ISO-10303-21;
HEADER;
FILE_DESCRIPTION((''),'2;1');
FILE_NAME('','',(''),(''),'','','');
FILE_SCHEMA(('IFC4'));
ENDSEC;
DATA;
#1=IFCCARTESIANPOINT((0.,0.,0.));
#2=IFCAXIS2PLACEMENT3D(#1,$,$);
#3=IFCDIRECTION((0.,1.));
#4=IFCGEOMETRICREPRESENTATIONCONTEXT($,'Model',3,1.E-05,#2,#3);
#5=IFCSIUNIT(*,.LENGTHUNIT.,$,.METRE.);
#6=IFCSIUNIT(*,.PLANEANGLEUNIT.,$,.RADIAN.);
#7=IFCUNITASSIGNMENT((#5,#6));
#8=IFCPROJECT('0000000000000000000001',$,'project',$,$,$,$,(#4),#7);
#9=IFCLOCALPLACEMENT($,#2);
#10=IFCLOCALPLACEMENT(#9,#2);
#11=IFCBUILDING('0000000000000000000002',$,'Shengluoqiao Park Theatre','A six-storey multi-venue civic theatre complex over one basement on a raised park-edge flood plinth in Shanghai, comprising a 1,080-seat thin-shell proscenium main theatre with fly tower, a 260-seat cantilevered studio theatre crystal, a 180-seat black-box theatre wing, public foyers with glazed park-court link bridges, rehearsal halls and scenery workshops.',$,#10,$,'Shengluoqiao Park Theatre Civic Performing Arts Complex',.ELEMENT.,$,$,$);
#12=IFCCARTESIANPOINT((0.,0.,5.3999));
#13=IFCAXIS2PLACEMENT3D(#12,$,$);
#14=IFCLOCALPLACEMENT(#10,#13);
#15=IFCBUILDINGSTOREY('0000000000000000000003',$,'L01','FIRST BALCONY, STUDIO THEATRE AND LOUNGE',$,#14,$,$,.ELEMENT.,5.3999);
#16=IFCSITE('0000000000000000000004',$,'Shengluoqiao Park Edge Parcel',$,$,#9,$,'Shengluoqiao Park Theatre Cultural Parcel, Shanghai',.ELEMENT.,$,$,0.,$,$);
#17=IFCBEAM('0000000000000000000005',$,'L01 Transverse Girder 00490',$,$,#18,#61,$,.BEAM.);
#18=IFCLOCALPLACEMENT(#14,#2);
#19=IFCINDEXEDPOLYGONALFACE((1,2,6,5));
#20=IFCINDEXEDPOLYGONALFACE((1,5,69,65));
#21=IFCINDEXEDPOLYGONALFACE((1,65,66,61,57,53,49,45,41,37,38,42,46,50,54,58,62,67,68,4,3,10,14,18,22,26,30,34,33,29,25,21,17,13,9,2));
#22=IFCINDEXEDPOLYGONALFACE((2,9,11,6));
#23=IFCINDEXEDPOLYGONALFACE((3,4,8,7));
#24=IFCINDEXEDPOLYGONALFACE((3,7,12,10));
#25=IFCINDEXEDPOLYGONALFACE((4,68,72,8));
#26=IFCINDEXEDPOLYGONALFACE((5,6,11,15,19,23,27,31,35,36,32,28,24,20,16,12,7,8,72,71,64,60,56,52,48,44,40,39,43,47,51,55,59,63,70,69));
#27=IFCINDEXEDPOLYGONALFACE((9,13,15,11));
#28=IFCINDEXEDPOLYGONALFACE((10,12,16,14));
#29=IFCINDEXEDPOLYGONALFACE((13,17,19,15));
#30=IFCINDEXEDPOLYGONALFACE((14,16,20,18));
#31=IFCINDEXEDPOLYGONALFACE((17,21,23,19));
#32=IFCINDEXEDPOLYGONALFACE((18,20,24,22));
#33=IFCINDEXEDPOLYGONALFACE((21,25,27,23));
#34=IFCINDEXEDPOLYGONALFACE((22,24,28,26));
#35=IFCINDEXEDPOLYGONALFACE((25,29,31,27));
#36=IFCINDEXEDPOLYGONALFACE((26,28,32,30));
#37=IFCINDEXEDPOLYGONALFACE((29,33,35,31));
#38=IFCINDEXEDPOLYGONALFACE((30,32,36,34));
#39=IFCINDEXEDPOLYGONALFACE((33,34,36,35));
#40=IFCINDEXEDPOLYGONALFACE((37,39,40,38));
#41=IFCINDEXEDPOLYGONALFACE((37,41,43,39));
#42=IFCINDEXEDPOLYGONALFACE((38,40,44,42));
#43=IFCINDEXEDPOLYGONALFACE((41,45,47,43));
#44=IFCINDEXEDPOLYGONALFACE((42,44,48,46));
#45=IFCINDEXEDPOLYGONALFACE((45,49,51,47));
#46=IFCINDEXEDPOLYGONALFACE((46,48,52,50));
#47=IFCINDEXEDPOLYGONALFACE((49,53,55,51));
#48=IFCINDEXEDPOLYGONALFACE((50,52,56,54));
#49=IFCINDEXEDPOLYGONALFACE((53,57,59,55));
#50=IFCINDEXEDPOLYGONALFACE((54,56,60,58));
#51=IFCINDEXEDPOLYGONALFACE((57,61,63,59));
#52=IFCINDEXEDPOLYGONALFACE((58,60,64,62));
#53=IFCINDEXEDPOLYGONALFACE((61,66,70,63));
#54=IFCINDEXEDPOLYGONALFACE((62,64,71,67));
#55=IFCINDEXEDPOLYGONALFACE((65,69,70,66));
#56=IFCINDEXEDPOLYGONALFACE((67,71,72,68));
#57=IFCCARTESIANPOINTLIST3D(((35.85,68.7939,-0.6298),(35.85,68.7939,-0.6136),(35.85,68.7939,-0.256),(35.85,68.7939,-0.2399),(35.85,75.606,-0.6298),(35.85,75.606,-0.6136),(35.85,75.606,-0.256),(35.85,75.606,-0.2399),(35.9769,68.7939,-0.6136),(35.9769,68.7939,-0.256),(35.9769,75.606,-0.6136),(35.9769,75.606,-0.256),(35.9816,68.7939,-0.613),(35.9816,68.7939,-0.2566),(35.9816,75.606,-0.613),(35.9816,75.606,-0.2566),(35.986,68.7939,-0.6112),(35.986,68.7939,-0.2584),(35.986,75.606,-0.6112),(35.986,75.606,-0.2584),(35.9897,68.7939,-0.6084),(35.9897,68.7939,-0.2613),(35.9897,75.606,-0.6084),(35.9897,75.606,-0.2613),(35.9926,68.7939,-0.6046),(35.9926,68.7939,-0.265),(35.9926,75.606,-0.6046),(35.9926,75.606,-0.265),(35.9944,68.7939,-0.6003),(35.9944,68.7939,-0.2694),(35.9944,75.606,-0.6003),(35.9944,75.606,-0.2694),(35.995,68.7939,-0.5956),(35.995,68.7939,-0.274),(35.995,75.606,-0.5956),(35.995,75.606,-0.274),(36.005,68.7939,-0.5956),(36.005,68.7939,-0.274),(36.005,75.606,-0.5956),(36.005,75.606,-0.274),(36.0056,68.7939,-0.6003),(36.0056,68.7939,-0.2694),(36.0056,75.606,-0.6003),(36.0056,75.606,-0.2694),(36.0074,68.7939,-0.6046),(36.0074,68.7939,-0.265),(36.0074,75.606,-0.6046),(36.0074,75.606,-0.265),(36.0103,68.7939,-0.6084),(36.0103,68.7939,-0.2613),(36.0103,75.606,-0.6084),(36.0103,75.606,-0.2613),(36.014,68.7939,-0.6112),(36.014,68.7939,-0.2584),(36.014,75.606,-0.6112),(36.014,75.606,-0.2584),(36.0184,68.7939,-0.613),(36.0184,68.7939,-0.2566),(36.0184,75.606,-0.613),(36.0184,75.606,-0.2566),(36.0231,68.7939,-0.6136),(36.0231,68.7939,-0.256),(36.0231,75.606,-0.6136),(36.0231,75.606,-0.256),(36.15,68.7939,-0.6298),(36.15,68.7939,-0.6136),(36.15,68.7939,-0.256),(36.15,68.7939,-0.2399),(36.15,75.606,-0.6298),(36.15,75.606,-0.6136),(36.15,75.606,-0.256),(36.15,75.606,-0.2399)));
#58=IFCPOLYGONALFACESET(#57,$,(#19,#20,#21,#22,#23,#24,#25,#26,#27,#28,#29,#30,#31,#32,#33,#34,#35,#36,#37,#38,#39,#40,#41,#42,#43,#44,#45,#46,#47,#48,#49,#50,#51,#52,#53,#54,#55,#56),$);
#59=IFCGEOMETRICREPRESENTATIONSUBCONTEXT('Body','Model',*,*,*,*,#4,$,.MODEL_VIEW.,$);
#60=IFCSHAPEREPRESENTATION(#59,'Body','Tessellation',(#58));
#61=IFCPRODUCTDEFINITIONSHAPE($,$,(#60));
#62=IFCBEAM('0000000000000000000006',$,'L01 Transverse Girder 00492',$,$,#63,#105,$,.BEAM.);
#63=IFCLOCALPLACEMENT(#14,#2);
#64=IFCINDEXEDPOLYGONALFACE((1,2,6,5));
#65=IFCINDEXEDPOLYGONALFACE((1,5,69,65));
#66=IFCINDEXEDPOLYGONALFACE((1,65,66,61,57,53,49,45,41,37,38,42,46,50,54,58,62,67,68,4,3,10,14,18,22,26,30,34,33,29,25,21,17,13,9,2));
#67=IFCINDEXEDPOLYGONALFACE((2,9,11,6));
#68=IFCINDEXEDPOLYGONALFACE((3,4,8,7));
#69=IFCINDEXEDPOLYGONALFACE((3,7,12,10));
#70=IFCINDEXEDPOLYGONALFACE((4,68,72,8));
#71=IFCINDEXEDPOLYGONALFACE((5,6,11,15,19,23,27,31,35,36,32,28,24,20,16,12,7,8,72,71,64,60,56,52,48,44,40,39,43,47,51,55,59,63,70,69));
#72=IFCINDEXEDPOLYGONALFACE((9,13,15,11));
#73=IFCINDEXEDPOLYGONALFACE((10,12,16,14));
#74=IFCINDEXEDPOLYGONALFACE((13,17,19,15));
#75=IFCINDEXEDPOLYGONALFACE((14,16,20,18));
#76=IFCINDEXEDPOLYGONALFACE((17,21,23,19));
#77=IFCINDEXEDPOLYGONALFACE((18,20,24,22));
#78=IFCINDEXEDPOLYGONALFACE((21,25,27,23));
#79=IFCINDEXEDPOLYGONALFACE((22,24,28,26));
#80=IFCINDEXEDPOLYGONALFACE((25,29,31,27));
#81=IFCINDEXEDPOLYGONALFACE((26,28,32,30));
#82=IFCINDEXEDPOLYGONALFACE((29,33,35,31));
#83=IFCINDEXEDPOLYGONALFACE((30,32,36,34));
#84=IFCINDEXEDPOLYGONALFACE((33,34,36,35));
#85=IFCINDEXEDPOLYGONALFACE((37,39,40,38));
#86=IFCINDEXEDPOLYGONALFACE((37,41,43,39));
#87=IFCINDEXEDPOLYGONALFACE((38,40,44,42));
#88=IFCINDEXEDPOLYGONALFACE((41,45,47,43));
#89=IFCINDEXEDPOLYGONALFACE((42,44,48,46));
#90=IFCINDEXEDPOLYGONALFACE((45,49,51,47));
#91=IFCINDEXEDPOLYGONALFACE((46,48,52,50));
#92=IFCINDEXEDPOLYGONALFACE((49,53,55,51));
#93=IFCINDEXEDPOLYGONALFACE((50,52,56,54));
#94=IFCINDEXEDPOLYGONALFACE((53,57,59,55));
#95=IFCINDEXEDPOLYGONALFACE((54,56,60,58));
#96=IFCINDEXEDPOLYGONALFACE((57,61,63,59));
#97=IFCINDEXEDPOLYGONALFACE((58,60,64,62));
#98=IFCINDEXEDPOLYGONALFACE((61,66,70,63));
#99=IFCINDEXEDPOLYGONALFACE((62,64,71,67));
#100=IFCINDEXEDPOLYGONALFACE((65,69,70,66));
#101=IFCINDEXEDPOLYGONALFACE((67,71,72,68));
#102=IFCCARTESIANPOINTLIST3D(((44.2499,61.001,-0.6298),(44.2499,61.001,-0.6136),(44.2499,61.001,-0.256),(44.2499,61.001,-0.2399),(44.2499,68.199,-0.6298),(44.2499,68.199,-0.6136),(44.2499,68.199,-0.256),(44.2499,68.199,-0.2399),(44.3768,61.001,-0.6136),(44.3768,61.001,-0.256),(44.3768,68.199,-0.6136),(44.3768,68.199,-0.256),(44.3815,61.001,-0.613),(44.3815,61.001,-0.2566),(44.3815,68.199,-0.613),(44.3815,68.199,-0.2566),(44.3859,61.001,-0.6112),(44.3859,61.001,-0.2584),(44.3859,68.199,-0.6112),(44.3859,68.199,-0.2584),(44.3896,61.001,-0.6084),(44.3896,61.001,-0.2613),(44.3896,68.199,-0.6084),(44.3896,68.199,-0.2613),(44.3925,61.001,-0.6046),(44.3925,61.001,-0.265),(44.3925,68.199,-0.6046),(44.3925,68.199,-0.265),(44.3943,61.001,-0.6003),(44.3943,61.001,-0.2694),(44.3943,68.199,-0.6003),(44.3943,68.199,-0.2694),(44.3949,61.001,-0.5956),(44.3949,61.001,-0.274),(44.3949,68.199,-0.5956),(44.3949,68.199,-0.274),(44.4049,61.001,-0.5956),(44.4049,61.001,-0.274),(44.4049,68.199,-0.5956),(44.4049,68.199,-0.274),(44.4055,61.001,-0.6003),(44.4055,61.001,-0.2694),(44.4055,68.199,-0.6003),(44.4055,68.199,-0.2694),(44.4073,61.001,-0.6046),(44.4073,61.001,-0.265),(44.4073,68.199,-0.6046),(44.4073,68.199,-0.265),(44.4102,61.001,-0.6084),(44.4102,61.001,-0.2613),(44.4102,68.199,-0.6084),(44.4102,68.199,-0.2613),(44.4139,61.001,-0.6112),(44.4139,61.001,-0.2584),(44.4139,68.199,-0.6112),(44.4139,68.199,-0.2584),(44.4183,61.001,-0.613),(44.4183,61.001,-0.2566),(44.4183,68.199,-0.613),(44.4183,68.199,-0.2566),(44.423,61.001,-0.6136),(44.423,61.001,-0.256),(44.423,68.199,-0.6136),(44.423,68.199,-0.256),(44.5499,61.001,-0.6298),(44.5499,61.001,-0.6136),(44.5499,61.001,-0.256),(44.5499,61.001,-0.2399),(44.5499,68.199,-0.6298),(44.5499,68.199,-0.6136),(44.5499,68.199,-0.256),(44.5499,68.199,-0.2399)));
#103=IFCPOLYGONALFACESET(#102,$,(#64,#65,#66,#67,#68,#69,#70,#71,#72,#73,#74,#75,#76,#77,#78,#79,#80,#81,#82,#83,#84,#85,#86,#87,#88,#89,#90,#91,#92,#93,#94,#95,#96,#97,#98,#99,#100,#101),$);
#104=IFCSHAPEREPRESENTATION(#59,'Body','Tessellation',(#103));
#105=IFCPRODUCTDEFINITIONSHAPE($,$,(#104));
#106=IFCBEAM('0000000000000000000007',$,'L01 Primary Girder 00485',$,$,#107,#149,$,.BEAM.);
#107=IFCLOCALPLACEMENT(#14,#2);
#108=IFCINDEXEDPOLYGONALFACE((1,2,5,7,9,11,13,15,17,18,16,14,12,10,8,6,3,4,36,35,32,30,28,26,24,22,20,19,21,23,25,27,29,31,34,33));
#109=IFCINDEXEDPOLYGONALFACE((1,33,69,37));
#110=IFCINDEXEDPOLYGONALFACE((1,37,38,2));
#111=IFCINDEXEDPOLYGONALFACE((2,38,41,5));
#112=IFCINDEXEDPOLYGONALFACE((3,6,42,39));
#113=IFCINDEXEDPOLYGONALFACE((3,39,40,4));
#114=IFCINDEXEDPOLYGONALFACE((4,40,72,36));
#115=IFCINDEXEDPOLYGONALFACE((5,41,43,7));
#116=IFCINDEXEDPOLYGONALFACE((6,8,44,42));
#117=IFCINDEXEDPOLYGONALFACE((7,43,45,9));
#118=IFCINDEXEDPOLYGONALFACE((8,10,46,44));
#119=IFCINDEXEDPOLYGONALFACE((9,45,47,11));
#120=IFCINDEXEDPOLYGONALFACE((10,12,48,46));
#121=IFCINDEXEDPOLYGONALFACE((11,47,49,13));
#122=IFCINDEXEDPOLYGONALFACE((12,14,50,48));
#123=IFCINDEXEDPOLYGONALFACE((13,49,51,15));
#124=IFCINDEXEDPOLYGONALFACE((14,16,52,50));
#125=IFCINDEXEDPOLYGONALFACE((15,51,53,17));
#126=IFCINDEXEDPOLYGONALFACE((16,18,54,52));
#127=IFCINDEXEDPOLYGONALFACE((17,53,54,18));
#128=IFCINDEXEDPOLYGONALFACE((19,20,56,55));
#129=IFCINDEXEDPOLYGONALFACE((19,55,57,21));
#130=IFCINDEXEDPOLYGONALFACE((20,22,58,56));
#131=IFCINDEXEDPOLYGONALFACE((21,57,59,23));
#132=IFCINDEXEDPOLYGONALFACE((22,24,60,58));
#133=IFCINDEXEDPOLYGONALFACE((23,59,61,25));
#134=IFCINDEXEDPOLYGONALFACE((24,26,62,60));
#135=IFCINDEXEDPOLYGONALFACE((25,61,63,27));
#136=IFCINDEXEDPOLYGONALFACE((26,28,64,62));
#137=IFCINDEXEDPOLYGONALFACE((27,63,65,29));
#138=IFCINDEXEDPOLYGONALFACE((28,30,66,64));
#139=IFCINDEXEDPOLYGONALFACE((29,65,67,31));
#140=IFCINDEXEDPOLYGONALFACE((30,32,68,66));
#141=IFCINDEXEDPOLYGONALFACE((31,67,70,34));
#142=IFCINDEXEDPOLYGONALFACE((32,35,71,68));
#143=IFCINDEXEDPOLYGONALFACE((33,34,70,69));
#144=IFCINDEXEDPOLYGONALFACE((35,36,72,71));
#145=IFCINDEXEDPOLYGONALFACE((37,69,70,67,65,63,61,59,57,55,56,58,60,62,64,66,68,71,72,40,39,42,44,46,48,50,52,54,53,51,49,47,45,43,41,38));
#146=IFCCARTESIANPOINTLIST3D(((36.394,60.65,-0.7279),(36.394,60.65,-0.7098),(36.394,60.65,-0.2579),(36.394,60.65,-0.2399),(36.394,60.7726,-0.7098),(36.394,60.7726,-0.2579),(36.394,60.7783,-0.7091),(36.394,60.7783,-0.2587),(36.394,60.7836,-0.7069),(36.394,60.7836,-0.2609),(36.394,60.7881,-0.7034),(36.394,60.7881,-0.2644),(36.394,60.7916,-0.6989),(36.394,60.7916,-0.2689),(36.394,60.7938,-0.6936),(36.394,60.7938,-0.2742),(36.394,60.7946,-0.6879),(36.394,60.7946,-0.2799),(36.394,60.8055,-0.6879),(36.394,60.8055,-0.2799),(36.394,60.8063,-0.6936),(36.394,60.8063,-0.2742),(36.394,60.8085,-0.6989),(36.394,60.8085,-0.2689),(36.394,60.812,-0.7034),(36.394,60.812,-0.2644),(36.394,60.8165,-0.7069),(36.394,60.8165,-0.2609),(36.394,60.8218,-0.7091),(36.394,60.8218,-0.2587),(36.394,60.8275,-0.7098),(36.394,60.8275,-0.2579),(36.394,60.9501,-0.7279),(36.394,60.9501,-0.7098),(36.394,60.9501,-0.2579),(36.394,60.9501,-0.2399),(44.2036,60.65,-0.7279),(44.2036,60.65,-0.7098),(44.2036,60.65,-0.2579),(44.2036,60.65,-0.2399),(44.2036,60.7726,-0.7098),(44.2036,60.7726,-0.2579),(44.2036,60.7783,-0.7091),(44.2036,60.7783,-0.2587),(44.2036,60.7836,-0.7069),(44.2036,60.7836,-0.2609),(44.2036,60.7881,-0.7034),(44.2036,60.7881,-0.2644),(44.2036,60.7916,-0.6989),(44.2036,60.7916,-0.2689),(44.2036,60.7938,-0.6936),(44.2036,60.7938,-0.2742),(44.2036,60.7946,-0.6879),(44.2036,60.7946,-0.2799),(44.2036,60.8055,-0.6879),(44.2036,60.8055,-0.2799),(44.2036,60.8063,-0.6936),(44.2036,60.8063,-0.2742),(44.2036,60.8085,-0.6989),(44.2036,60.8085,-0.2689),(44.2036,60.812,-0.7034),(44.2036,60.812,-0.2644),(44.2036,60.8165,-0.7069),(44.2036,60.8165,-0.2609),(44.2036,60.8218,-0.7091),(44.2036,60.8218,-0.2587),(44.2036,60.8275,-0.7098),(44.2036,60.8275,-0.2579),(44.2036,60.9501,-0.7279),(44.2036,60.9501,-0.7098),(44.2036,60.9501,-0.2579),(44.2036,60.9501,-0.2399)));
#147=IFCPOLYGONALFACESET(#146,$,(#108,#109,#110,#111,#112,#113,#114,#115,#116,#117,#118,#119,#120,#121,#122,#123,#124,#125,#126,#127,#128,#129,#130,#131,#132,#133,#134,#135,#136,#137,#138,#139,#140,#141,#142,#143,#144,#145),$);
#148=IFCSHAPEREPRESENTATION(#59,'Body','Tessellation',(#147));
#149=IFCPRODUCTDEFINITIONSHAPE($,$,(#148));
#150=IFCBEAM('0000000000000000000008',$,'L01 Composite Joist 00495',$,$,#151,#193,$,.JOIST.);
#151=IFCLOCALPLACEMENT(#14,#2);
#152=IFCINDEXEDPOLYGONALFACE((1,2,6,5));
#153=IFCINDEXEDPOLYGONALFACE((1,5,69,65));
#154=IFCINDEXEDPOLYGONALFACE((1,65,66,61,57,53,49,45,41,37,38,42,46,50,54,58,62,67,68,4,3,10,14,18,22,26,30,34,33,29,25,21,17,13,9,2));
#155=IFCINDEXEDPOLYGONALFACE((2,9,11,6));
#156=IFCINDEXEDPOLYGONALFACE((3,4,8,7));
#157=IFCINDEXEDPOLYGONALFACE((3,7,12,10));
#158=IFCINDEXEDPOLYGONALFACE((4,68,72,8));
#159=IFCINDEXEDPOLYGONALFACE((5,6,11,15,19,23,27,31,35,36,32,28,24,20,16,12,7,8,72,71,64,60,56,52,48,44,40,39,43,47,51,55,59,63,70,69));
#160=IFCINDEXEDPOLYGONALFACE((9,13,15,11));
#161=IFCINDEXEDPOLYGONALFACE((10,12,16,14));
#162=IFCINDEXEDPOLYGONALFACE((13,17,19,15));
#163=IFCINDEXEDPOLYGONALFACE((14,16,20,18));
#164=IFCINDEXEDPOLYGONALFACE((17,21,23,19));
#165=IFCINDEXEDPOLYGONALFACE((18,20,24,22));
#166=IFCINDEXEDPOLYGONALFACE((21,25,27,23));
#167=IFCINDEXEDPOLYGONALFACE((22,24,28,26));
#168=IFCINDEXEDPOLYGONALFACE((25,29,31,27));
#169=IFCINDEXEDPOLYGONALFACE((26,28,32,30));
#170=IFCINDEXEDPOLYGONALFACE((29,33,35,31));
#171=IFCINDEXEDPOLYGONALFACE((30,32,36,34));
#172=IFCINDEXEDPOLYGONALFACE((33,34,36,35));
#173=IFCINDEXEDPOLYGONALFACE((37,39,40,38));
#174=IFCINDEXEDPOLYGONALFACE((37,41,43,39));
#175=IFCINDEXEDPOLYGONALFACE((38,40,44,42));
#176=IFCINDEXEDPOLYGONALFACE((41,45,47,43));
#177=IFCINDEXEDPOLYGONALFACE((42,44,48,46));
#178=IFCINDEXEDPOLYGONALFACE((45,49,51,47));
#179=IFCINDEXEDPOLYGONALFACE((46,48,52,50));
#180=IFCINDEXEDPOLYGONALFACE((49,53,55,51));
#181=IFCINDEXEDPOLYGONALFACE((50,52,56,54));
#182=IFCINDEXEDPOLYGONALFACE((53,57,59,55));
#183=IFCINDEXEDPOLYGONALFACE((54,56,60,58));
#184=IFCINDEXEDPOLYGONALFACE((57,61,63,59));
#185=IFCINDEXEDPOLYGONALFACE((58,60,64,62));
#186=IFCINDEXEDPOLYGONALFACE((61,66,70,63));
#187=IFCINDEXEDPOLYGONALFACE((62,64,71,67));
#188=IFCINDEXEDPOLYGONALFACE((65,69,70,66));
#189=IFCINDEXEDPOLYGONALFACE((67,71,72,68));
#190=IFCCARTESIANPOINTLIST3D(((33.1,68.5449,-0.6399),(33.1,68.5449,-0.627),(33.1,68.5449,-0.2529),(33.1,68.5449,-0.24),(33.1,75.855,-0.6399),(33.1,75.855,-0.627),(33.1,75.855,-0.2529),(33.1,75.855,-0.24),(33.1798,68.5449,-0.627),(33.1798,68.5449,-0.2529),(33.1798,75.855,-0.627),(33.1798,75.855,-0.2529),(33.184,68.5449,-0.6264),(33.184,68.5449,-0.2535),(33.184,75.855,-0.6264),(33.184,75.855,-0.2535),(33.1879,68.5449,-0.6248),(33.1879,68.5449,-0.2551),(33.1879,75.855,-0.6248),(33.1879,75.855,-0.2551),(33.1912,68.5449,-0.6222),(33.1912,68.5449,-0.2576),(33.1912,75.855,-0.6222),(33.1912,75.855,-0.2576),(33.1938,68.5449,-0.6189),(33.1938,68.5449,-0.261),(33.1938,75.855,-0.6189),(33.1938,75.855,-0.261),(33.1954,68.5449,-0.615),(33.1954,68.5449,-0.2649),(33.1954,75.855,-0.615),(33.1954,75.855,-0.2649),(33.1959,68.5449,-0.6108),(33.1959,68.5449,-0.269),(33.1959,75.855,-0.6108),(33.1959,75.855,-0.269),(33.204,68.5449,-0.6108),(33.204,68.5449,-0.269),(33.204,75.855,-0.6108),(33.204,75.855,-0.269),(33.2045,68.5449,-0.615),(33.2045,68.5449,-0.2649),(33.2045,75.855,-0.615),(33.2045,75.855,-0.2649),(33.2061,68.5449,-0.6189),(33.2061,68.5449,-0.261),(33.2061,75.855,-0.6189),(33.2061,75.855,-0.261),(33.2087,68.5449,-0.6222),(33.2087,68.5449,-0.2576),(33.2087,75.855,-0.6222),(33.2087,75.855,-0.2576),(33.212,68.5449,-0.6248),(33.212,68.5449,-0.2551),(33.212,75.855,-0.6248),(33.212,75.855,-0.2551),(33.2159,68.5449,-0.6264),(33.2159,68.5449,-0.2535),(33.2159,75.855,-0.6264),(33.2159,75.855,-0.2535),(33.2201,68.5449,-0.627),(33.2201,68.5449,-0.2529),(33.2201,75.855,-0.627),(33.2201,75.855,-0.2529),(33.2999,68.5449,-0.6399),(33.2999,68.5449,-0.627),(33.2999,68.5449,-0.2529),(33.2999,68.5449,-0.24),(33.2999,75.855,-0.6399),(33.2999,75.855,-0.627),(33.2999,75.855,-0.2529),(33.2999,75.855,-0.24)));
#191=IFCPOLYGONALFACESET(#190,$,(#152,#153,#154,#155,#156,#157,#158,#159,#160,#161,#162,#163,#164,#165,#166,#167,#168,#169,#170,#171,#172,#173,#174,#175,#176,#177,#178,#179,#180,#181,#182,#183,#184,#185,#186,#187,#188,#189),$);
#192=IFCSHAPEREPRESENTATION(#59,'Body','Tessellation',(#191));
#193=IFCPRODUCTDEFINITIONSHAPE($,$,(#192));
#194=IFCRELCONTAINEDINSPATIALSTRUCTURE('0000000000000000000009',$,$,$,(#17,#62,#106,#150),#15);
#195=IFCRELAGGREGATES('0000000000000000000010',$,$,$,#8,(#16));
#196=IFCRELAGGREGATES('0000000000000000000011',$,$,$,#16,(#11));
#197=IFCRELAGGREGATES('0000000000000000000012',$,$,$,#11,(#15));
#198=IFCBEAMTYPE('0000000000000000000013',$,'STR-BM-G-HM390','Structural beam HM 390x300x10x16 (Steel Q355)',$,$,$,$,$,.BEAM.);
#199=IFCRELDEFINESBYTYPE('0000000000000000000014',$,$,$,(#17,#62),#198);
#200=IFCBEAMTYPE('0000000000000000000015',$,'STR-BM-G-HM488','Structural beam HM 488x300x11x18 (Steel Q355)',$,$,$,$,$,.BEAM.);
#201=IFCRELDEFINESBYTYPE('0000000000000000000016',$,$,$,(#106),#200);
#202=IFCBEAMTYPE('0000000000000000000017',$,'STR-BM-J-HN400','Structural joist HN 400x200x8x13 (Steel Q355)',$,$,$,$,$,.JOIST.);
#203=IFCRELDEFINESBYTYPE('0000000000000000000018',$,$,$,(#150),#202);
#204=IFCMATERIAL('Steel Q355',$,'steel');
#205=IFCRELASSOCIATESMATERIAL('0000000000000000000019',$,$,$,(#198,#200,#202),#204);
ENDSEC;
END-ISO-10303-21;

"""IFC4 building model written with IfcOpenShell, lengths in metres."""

from ifc_helpers import new_model, si_unit, direction, frame, origin, origin_2d, place, context, subcontext, project, spatial, i_section, extrude, material, material_profile, profile_set, type_object, element, save


model = new_model("IFC4")

# Units and contexts
model_context = context("Model", 3, precision=1e-05, world=origin(), true_north=direction((0.0, 1.0)))
body_context = subcontext(model_context, "Body", "Model", "MODEL_VIEW")
ifc_project = project(units=[si_unit("LENGTHUNIT", "METRE"), si_unit("PLANEANGLEUNIT", "RADIAN")], contexts=[model_context])

# Site, building, storey
site_placement = place(None, origin())
site = spatial("IfcSite", under=ifc_project, at=site_placement, Name="Shengluoqiao Park Edge Parcel", LongName="Shengluoqiao Park Theatre Cultural Parcel, Shanghai", CompositionType="ELEMENT", RefElevation=0.0)
building_placement = place(site_placement, origin())
building = spatial("IfcBuilding", under=site, at=building_placement, Name="Shengluoqiao Park Theatre", Description="A six-storey multi-venue civic theatre complex over one basement on a raised park-edge flood plinth in Shanghai, comprising a 1,080-seat thin-shell proscenium main theatre with fly tower, a 260-seat cantilevered studio theatre crystal, a 180-seat black-box theatre wing, public foyers with glazed park-court link bridges, rehearsal halls and scenery workshops.", LongName="Shengluoqiao Park Theatre Civic Performing Arts Complex", CompositionType="ELEMENT")
storey_placement = place(building_placement, frame((0.0, 0.0, 5.3999)))
storey = spatial("IfcBuildingStorey", under=building, at=storey_placement, Name="L01", Description="FIRST BALCONY, STUDIO THEATRE AND LOUNGE", CompositionType="ELEMENT", Elevation=5.3999)

# Shared definitions
ifc_material_1 = material(Name="Steel Q355", Category="steel")

# Beams
ifc_material_profile_1 = material_profile(ifc_material_1, i_section(OverallWidth=0.3, OverallDepth=0.3899, WebThickness=0.01, FlangeThickness=0.0161, FilletRadius=0.0181, at=origin_2d()), Name="HM 390x300x10x16")
ifc_profile_set_1 = profile_set([ifc_material_profile_1], Name="Steel Q355")
beam_type_1 = type_object("IfcBeamType", Name="STR-BM-G-HM390", Description="Structural beam HM 390x300x10x16 (Steel Q355)", PredefinedType="BEAM", material=ifc_profile_set_1)
for number, where, z_axis, x_axis, name in (
    (1, (36.0, 68.7939, -0.4348), (0.0, 1.0, 0.0), (-1.0, 0.0, 0.0), "L01 Transverse Girder 00490"),
):
    element("IfcBeam", number, at=place(storey_placement, frame(where, z_axis=z_axis, x_axis=x_axis)), inside=storey, type_object=beam_type_1, Name=name, PredefinedType="BEAM", context=body_context, shape_type="SweptSolid", body=[
        extrude(i_section(OverallWidth=0.3, OverallDepth=0.3899, WebThickness=0.01, FlangeThickness=0.0161, FilletRadius=0.0181, at=origin_2d()), origin(), (0.0, 0.0, 1.0), 6.812),
    ])
beam_1_placement = place(storey_placement, frame((44.3999, 61.001, -0.4348), z_axis=(0.0, 1.0, 0.0), x_axis=(-1.0, 0.0, 0.0)))
element("IfcBeam", 2, at=beam_1_placement, inside=storey, type_object=beam_type_1, Name="L01 Transverse Girder 00492", PredefinedType="BEAM", context=body_context, shape_type="SweptSolid", body=[
    extrude(i_section(OverallWidth=0.3, OverallDepth=0.3899, WebThickness=0.01, FlangeThickness=0.0161, FilletRadius=0.0181, at=origin_2d()), origin(), (0.0, 0.0, 1.0), 7.198),
])
ifc_material_profile_2 = material_profile(ifc_material_1, i_section(OverallWidth=0.3, OverallDepth=0.488, WebThickness=0.011, FlangeThickness=0.0181, FilletRadius=0.022, at=origin_2d()), Name="HM 488x300x11x18")
ifc_profile_set_2 = profile_set([ifc_material_profile_2], Name="Steel Q355")
beam_type_2 = type_object("IfcBeamType", Name="STR-BM-G-HM488", Description="Structural beam HM 488x300x11x18 (Steel Q355)", PredefinedType="BEAM", material=ifc_profile_set_2)
beam_2_placement = place(storey_placement, frame((36.394, 60.8, -0.4839), z_axis=(1.0, 0.0, 0.0), x_axis=(0.0, 1.0, 0.0)))
element("IfcBeam", 3, at=beam_2_placement, inside=storey, type_object=beam_type_2, Name="L01 Primary Girder 00485", PredefinedType="BEAM", context=body_context, shape_type="SweptSolid", body=[
    extrude(i_section(OverallWidth=0.3, OverallDepth=0.488, WebThickness=0.011, FlangeThickness=0.0181, FilletRadius=0.022, at=origin_2d()), origin(), (0.0, 0.0, 1.0), 7.8096),
])
ifc_material_profile_3 = material_profile(ifc_material_1, i_section(OverallWidth=0.2, OverallDepth=0.3999, WebThickness=0.0081, FlangeThickness=0.0129, FilletRadius=0.0161, at=origin_2d()), Name="HN 400x200x8x13")
ifc_profile_set_3 = profile_set([ifc_material_profile_3], Name="Steel Q355")
beam_type_3 = type_object("IfcBeamType", Name="STR-BM-J-HN400", Description="Structural joist HN 400x200x8x13 (Steel Q355)", PredefinedType="JOIST", material=ifc_profile_set_3)
beam_3_placement = place(storey_placement, frame((33.2, 68.5449, -0.4399), z_axis=(0.0, 1.0, 0.0), x_axis=(-1.0, 0.0, 0.0)))
element("IfcBeam", 4, at=beam_3_placement, inside=storey, type_object=beam_type_3, Name="L01 Composite Joist 00495", PredefinedType="JOIST", context=body_context, shape_type="SweptSolid", body=[
    extrude(i_section(OverallWidth=0.2, OverallDepth=0.3999, WebThickness=0.0081, FlangeThickness=0.0129, FilletRadius=0.0161, at=origin_2d()), origin(), (0.0, 0.0, 1.0), 7.3101),
])

save(model, "model.ifc")
